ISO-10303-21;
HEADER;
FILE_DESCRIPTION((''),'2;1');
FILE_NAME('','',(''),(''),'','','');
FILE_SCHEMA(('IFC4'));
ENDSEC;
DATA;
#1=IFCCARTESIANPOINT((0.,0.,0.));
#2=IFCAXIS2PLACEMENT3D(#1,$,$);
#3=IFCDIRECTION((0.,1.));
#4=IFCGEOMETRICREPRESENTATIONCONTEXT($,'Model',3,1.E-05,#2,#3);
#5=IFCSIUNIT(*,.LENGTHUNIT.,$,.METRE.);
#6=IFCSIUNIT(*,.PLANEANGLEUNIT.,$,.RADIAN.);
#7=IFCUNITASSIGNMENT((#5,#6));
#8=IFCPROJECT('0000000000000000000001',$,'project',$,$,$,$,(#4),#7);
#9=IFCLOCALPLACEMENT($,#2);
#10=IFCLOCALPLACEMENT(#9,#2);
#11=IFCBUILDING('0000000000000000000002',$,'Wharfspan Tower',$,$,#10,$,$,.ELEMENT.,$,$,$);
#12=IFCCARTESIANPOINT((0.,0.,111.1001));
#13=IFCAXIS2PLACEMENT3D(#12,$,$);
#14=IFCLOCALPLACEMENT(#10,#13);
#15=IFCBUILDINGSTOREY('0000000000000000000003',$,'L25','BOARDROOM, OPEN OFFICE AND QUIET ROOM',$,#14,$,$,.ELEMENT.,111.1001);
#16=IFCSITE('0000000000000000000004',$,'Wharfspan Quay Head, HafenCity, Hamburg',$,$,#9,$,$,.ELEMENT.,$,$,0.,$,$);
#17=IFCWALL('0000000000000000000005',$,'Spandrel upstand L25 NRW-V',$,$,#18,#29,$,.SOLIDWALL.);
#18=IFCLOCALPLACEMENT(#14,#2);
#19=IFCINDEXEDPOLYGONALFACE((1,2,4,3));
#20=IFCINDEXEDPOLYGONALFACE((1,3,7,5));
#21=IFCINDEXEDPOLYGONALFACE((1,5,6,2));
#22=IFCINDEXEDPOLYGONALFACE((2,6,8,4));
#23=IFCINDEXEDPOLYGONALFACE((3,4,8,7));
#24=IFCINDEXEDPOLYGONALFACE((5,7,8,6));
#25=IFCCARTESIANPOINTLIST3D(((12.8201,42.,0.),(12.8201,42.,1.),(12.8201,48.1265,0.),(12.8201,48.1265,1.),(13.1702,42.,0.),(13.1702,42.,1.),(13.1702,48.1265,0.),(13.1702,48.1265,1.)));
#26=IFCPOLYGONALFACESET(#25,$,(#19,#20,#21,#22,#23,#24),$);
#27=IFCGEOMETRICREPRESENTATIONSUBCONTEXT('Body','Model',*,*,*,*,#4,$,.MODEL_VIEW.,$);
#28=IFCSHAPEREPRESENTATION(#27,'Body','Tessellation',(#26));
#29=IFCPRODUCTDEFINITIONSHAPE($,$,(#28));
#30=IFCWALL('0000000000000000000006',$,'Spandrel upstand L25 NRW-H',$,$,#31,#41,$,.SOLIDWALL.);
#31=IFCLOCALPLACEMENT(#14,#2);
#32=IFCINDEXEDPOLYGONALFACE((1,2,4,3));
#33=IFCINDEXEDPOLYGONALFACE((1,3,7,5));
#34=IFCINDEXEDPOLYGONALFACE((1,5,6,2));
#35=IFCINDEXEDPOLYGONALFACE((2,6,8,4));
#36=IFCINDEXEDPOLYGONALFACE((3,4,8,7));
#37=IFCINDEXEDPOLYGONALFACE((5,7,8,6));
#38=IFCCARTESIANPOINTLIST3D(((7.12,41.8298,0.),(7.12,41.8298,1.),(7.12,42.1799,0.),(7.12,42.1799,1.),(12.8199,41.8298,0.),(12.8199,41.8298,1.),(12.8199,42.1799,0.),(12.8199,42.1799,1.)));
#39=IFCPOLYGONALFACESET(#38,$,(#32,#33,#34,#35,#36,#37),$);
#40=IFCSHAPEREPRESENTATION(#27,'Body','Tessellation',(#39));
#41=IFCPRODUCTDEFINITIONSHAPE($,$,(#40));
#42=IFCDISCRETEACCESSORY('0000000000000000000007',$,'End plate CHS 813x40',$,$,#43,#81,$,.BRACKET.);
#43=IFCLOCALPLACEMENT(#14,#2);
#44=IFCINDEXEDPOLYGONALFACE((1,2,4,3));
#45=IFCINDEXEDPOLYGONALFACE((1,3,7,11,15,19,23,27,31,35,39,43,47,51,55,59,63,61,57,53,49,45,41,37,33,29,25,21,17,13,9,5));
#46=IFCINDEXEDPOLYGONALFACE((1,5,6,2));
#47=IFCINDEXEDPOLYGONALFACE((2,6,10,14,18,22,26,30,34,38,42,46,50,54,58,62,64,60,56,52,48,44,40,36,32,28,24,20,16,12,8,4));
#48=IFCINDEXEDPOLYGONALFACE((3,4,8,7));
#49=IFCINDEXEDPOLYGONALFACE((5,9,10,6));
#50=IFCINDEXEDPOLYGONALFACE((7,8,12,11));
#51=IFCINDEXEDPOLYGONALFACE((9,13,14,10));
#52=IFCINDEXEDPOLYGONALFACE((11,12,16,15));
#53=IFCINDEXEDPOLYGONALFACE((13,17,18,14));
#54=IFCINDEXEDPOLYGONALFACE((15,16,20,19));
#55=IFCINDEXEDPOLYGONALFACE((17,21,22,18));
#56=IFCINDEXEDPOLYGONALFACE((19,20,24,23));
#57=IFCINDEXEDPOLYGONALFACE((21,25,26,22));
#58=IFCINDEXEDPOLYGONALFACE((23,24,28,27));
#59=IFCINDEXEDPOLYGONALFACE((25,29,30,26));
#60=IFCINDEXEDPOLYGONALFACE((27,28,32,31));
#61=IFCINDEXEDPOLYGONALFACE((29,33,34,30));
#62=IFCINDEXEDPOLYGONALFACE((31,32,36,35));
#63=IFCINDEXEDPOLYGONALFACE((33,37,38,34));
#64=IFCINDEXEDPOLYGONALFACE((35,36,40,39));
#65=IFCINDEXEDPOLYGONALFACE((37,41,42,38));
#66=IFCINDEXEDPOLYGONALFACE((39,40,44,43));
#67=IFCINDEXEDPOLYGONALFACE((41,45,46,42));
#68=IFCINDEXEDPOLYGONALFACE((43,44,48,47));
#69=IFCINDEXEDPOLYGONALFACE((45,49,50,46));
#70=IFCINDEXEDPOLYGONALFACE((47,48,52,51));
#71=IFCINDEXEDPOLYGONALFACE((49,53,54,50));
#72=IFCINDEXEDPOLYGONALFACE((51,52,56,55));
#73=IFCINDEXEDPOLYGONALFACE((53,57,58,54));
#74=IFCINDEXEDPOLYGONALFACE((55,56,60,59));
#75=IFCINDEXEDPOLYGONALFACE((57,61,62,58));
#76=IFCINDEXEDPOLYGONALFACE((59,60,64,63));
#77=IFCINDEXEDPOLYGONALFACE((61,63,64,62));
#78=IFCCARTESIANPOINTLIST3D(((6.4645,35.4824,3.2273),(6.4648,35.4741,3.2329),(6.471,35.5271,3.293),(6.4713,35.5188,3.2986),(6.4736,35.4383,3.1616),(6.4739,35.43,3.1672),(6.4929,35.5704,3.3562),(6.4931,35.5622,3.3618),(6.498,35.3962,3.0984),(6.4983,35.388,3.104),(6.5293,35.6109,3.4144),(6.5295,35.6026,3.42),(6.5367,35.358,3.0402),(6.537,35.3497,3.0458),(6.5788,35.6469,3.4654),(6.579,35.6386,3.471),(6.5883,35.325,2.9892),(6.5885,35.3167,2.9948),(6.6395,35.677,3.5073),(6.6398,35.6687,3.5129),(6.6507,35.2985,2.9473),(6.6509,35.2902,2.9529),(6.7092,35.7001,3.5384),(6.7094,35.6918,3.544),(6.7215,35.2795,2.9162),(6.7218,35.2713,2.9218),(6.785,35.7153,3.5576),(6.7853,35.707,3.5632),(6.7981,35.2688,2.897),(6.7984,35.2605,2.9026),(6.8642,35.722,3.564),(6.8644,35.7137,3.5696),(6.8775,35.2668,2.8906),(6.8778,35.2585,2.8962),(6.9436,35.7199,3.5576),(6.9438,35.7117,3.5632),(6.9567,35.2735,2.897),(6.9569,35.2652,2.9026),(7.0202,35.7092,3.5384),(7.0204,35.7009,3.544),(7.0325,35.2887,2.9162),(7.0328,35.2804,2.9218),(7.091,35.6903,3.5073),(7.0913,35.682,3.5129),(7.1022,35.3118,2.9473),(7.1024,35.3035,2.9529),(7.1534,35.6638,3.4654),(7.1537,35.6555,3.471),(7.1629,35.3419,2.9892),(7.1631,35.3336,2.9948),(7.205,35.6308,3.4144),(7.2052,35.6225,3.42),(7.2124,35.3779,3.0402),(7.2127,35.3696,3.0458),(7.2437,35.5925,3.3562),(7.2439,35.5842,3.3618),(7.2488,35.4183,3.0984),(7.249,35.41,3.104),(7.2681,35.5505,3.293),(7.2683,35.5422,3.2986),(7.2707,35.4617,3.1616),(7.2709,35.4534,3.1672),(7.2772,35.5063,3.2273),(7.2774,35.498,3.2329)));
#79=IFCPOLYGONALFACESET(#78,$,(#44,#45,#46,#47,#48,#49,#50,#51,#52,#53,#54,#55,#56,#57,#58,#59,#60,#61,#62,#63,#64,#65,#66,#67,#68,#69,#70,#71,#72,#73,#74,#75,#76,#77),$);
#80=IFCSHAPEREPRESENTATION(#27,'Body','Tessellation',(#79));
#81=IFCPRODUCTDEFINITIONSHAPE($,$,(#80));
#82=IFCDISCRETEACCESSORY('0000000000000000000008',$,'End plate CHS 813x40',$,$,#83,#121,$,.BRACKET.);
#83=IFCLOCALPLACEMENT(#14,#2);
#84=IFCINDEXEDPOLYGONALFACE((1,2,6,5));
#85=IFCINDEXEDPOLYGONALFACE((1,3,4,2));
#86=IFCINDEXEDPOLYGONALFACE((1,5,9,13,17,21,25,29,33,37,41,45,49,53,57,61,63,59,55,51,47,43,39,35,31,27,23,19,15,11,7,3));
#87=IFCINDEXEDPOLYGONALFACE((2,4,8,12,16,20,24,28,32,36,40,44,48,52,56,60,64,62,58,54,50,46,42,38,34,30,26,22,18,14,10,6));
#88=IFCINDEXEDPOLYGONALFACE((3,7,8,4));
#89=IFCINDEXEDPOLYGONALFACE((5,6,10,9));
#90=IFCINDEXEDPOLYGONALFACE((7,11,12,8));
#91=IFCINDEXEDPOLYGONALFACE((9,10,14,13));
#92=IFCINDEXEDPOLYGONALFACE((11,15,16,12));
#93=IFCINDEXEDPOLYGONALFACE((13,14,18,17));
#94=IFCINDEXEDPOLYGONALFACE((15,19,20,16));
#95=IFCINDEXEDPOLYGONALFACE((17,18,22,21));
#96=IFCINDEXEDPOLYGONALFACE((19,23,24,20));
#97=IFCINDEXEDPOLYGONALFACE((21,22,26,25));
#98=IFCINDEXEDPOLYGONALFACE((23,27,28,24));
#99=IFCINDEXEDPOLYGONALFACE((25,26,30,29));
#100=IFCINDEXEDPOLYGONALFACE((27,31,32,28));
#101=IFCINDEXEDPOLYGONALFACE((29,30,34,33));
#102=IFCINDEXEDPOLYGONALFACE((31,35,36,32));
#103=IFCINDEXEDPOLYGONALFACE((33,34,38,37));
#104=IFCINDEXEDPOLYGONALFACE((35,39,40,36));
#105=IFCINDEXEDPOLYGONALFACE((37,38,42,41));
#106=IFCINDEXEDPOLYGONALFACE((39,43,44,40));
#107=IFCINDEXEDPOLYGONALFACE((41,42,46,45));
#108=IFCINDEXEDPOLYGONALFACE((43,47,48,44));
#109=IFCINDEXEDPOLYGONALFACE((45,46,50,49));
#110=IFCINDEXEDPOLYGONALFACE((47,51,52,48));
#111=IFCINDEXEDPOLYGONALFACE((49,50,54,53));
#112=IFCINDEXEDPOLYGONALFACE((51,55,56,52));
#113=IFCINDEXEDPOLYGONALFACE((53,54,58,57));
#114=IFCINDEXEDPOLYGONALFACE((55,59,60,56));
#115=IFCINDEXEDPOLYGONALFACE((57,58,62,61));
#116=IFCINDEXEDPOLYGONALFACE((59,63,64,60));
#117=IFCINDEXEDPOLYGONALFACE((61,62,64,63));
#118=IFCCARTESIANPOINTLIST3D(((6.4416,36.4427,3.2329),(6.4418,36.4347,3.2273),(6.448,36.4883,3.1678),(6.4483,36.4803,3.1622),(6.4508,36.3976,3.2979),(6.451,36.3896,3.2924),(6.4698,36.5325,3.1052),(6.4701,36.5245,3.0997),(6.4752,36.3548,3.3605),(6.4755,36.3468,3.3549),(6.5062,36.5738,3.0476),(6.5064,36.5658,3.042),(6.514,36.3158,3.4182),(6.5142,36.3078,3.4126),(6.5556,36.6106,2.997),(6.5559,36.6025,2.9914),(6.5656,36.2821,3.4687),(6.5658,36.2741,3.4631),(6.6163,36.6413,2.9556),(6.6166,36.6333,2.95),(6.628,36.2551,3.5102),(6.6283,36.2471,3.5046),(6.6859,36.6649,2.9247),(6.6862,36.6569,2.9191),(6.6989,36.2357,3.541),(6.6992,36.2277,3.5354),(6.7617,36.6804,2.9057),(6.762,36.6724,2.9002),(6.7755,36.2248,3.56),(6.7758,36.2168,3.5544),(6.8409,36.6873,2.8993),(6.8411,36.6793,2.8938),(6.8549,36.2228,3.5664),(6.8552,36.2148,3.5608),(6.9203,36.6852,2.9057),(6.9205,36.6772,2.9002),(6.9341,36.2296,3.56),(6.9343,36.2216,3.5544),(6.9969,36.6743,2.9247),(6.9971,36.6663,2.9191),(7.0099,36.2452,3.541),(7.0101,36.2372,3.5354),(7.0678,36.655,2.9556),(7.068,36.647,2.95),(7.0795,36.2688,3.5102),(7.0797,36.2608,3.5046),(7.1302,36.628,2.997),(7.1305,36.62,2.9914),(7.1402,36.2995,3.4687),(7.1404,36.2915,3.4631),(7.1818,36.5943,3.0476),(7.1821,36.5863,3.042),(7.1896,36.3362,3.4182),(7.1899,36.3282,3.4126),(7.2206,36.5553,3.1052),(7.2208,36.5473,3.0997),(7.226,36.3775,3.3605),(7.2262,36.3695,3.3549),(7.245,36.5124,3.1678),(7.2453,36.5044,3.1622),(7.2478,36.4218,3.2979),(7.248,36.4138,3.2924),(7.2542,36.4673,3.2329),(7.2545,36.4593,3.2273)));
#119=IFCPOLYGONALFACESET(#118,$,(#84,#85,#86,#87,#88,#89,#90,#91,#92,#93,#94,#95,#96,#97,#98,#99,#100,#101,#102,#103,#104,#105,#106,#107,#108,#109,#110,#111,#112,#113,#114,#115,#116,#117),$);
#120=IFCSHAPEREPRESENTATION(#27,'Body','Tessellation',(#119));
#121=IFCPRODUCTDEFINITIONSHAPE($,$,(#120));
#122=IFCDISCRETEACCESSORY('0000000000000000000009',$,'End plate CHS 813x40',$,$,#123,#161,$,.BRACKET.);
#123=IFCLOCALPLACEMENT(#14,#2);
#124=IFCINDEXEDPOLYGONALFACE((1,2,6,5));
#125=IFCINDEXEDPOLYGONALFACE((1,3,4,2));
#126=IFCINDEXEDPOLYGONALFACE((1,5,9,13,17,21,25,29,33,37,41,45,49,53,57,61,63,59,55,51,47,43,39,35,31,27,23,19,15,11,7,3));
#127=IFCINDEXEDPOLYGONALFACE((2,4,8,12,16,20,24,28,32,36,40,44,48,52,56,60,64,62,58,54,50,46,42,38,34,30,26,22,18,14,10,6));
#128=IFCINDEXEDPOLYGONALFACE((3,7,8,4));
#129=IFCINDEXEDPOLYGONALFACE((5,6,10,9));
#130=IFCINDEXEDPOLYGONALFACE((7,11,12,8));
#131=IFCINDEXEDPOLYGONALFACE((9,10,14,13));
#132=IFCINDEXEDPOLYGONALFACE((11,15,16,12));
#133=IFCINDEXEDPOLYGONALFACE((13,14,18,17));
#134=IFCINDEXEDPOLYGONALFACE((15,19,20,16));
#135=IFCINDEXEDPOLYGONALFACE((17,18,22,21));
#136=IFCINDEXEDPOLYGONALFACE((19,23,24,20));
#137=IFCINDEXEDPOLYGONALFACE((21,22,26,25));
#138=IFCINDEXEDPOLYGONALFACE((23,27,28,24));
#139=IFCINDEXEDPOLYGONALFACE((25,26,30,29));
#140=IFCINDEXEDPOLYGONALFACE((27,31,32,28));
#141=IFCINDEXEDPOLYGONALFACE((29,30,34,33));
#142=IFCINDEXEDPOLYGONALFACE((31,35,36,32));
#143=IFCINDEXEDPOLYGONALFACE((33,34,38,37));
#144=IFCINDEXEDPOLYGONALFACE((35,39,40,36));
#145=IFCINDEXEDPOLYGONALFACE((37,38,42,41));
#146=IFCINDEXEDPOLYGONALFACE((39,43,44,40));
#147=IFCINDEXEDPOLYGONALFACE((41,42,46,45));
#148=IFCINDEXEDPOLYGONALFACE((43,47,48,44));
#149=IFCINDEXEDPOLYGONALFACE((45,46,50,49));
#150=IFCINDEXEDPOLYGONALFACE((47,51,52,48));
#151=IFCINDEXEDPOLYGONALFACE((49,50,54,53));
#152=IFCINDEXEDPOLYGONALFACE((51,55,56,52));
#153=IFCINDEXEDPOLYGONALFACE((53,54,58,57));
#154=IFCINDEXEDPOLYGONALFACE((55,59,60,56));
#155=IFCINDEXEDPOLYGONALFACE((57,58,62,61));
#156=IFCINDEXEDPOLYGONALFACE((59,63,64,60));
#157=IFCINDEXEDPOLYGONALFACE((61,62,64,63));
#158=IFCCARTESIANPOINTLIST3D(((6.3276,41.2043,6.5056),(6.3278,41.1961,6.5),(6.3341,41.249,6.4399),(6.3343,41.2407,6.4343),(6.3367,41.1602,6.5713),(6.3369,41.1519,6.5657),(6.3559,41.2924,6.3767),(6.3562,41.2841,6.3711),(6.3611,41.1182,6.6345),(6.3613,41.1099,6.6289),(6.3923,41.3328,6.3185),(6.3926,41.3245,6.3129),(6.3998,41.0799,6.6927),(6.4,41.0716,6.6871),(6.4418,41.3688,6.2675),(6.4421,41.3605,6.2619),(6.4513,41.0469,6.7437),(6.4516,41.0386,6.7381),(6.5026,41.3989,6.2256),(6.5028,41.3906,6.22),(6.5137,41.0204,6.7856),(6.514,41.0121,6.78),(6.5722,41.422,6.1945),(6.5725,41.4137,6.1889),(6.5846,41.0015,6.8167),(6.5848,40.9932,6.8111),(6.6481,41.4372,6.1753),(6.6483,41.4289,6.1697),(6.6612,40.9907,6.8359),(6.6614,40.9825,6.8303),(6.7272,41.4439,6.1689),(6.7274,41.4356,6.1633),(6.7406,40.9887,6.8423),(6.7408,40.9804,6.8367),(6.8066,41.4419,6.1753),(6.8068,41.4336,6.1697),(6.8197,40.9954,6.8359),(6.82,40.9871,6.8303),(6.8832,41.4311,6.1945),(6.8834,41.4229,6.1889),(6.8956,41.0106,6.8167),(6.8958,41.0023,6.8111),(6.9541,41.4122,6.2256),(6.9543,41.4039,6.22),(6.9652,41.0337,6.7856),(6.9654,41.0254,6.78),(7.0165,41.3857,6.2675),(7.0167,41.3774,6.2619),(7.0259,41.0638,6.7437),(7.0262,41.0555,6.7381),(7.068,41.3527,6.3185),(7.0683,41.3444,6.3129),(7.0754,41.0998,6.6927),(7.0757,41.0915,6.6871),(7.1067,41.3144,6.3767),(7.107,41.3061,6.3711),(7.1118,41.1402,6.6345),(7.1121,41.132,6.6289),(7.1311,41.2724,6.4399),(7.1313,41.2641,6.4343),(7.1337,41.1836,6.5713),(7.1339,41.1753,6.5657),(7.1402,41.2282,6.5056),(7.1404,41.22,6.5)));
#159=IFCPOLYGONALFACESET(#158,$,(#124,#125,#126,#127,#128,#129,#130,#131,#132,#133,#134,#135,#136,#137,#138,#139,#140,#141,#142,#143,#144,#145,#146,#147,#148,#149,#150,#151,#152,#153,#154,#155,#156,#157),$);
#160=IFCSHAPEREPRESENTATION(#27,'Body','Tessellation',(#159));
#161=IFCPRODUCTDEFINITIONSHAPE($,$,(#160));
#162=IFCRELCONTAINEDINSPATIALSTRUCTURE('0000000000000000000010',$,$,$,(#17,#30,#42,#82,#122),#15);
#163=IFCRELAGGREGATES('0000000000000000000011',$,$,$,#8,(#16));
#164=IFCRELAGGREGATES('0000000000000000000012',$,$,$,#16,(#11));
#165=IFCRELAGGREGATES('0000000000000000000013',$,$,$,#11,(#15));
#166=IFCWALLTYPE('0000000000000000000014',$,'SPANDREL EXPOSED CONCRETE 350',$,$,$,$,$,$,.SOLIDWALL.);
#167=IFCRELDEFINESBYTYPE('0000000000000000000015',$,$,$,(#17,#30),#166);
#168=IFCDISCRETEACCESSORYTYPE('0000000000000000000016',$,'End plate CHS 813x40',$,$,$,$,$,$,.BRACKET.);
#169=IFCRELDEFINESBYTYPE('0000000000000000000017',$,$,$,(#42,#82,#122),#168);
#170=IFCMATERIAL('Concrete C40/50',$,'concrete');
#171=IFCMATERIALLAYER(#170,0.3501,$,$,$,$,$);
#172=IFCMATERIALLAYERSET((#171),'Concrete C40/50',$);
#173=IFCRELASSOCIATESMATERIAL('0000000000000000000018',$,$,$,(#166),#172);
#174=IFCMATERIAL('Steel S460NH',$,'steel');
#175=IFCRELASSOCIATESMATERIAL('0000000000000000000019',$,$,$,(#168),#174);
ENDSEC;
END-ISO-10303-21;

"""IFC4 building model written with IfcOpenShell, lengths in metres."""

from ifc_helpers import new_model, si_unit, direction, frame, frame_2d, origin, origin_2d, place, context, subcontext, project, spatial, rectangle, circle, extrude, material, layer, layer_set, material_profile, profile_set, type_object, element, save


model = new_model("IFC4")

# Units and contexts
model_context = context("Model", 3, precision=1e-05, world=origin(), true_north=direction((0.0, 1.0)))
body_context = subcontext(model_context, "Body", "Model", "MODEL_VIEW")
ifc_project = project(units=[si_unit("LENGTHUNIT", "METRE"), si_unit("PLANEANGLEUNIT", "RADIAN")], contexts=[model_context])

# Site, building, storey
site_placement = place(None, origin())
site = spatial("IfcSite", under=ifc_project, at=site_placement, Name="Wharfspan Quay Head, HafenCity, Hamburg", CompositionType="ELEMENT", RefElevation=0.0)
building_placement = place(site_placement, origin())
building = spatial("IfcBuilding", under=site, at=building_placement, Name="Wharfspan Tower", CompositionType="ELEMENT")
storey_placement = place(building_placement, frame((0.0, 0.0, 111.1001)))
storey = spatial("IfcBuildingStorey", under=building, at=storey_placement, Name="L25", Description="BOARDROOM, OPEN OFFICE AND QUIET ROOM", CompositionType="ELEMENT", Elevation=111.1001)

# Shared definitions
ifc_material_1 = material(Name="Steel S460NH", Category="steel")

# Walls
ifc_material_2 = material(Name="Concrete C40/50", Category="concrete")
ifc_layer_1 = layer(ifc_material_2, 0.3501)
ifc_layer_set_1 = layer_set([ifc_layer_1], Name="Concrete C40/50")
wall_type = type_object("IfcWallType", Name="SPANDREL EXPOSED CONCRETE 350", PredefinedType="SOLIDWALL", material=ifc_layer_set_1)
wall_1_placement = place(storey_placement, frame((12.9951, 48.1265, 0.0), z_axis=(0.0, 0.0, 1.0), x_axis=(0.0, -1.0, 0.0)))
element("IfcWall", 1, at=wall_1_placement, inside=storey, type_object=wall_type, Name="Spandrel upstand L25 NRW-V", PredefinedType="SOLIDWALL", context=body_context, shape_type="SweptSolid", body=[
    extrude(rectangle(XDim=6.1265, YDim=0.3501, at=frame_2d((3.0632, 0.0))), origin(), (0.0, 0.0, 1.0), 1.0),
])
wall_2_placement = place(storey_placement, frame((12.8201, 42.0049, 0.0), z_axis=(0.0, 0.0, 1.0), x_axis=(-1.0, 0.0, 0.0)))
element("IfcWall", 2, at=wall_2_placement, inside=storey, type_object=wall_type, Name="Spandrel upstand L25 NRW-H", PredefinedType="SOLIDWALL", context=body_context, shape_type="SweptSolid", body=[
    extrude(rectangle(XDim=5.7, YDim=0.3501, at=frame_2d((2.8501, 0.0))), origin(), (0.0, 0.0, 1.0), 1.0),
])

# Discrete accessories
ifc_material_profile_1 = material_profile(ifc_material_1, circle(Radius=0.4065, at=origin_2d()))
ifc_profile_set_1 = profile_set([ifc_material_profile_1], Name="Steel S460NH")
discrete_accessory_type = type_object("IfcDiscreteAccessoryType", Name="End plate CHS 813x40", PredefinedType="BRACKET", material=ifc_profile_set_1)
discrete_accessory_1_placement = place(storey_placement, frame((6.8708, 35.4944, 3.2273), z_axis=(0.024354, -0.828038, 0.560143), x_axis=(0.999568, 0.029399, 0.0)))
element("IfcDiscreteAccessory", 3, at=discrete_accessory_1_placement, inside=storey, type_object=discrete_accessory_type, Name="End plate CHS 813x40", PredefinedType="BRACKET", context=body_context, shape_type="SweptSolid", body=[
    extrude(circle(Radius=0.4065, at=origin_2d()), origin(), (0.0, 0.0, 1.0), 0.01),
])
discrete_accessory_2_placement = place(storey_placement, frame((6.8481, 36.447, 3.2273), z_axis=(-0.024853, 0.820145, 0.571616), x_axis=(-0.999542, -0.03029, 0.000001)))
element("IfcDiscreteAccessory", 4, at=discrete_accessory_2_placement, inside=storey, type_object=discrete_accessory_type, Name="End plate CHS 813x40", PredefinedType="BRACKET", context=body_context, shape_type="SweptSolid", body=[
    extrude(circle(Radius=0.4065, at=origin_2d()), origin(), (0.0, 0.0, 1.0), 0.0098),
])
discrete_accessory_3_placement = place(storey_placement, frame((6.7341, 41.208, 6.5), z_axis=(-0.024354, 0.828038, 0.560143), x_axis=(-0.999568, -0.029399, 0.0)))
element("IfcDiscreteAccessory", 5, at=discrete_accessory_3_placement, inside=storey, type_object=discrete_accessory_type, Name="End plate CHS 813x40", PredefinedType="BRACKET", context=body_context, shape_type="SweptSolid", body=[
    extrude(circle(Radius=0.4065, at=origin_2d()), origin(), (0.0, 0.0, 1.0), 0.01),
])

save(model, "model.ifc")
